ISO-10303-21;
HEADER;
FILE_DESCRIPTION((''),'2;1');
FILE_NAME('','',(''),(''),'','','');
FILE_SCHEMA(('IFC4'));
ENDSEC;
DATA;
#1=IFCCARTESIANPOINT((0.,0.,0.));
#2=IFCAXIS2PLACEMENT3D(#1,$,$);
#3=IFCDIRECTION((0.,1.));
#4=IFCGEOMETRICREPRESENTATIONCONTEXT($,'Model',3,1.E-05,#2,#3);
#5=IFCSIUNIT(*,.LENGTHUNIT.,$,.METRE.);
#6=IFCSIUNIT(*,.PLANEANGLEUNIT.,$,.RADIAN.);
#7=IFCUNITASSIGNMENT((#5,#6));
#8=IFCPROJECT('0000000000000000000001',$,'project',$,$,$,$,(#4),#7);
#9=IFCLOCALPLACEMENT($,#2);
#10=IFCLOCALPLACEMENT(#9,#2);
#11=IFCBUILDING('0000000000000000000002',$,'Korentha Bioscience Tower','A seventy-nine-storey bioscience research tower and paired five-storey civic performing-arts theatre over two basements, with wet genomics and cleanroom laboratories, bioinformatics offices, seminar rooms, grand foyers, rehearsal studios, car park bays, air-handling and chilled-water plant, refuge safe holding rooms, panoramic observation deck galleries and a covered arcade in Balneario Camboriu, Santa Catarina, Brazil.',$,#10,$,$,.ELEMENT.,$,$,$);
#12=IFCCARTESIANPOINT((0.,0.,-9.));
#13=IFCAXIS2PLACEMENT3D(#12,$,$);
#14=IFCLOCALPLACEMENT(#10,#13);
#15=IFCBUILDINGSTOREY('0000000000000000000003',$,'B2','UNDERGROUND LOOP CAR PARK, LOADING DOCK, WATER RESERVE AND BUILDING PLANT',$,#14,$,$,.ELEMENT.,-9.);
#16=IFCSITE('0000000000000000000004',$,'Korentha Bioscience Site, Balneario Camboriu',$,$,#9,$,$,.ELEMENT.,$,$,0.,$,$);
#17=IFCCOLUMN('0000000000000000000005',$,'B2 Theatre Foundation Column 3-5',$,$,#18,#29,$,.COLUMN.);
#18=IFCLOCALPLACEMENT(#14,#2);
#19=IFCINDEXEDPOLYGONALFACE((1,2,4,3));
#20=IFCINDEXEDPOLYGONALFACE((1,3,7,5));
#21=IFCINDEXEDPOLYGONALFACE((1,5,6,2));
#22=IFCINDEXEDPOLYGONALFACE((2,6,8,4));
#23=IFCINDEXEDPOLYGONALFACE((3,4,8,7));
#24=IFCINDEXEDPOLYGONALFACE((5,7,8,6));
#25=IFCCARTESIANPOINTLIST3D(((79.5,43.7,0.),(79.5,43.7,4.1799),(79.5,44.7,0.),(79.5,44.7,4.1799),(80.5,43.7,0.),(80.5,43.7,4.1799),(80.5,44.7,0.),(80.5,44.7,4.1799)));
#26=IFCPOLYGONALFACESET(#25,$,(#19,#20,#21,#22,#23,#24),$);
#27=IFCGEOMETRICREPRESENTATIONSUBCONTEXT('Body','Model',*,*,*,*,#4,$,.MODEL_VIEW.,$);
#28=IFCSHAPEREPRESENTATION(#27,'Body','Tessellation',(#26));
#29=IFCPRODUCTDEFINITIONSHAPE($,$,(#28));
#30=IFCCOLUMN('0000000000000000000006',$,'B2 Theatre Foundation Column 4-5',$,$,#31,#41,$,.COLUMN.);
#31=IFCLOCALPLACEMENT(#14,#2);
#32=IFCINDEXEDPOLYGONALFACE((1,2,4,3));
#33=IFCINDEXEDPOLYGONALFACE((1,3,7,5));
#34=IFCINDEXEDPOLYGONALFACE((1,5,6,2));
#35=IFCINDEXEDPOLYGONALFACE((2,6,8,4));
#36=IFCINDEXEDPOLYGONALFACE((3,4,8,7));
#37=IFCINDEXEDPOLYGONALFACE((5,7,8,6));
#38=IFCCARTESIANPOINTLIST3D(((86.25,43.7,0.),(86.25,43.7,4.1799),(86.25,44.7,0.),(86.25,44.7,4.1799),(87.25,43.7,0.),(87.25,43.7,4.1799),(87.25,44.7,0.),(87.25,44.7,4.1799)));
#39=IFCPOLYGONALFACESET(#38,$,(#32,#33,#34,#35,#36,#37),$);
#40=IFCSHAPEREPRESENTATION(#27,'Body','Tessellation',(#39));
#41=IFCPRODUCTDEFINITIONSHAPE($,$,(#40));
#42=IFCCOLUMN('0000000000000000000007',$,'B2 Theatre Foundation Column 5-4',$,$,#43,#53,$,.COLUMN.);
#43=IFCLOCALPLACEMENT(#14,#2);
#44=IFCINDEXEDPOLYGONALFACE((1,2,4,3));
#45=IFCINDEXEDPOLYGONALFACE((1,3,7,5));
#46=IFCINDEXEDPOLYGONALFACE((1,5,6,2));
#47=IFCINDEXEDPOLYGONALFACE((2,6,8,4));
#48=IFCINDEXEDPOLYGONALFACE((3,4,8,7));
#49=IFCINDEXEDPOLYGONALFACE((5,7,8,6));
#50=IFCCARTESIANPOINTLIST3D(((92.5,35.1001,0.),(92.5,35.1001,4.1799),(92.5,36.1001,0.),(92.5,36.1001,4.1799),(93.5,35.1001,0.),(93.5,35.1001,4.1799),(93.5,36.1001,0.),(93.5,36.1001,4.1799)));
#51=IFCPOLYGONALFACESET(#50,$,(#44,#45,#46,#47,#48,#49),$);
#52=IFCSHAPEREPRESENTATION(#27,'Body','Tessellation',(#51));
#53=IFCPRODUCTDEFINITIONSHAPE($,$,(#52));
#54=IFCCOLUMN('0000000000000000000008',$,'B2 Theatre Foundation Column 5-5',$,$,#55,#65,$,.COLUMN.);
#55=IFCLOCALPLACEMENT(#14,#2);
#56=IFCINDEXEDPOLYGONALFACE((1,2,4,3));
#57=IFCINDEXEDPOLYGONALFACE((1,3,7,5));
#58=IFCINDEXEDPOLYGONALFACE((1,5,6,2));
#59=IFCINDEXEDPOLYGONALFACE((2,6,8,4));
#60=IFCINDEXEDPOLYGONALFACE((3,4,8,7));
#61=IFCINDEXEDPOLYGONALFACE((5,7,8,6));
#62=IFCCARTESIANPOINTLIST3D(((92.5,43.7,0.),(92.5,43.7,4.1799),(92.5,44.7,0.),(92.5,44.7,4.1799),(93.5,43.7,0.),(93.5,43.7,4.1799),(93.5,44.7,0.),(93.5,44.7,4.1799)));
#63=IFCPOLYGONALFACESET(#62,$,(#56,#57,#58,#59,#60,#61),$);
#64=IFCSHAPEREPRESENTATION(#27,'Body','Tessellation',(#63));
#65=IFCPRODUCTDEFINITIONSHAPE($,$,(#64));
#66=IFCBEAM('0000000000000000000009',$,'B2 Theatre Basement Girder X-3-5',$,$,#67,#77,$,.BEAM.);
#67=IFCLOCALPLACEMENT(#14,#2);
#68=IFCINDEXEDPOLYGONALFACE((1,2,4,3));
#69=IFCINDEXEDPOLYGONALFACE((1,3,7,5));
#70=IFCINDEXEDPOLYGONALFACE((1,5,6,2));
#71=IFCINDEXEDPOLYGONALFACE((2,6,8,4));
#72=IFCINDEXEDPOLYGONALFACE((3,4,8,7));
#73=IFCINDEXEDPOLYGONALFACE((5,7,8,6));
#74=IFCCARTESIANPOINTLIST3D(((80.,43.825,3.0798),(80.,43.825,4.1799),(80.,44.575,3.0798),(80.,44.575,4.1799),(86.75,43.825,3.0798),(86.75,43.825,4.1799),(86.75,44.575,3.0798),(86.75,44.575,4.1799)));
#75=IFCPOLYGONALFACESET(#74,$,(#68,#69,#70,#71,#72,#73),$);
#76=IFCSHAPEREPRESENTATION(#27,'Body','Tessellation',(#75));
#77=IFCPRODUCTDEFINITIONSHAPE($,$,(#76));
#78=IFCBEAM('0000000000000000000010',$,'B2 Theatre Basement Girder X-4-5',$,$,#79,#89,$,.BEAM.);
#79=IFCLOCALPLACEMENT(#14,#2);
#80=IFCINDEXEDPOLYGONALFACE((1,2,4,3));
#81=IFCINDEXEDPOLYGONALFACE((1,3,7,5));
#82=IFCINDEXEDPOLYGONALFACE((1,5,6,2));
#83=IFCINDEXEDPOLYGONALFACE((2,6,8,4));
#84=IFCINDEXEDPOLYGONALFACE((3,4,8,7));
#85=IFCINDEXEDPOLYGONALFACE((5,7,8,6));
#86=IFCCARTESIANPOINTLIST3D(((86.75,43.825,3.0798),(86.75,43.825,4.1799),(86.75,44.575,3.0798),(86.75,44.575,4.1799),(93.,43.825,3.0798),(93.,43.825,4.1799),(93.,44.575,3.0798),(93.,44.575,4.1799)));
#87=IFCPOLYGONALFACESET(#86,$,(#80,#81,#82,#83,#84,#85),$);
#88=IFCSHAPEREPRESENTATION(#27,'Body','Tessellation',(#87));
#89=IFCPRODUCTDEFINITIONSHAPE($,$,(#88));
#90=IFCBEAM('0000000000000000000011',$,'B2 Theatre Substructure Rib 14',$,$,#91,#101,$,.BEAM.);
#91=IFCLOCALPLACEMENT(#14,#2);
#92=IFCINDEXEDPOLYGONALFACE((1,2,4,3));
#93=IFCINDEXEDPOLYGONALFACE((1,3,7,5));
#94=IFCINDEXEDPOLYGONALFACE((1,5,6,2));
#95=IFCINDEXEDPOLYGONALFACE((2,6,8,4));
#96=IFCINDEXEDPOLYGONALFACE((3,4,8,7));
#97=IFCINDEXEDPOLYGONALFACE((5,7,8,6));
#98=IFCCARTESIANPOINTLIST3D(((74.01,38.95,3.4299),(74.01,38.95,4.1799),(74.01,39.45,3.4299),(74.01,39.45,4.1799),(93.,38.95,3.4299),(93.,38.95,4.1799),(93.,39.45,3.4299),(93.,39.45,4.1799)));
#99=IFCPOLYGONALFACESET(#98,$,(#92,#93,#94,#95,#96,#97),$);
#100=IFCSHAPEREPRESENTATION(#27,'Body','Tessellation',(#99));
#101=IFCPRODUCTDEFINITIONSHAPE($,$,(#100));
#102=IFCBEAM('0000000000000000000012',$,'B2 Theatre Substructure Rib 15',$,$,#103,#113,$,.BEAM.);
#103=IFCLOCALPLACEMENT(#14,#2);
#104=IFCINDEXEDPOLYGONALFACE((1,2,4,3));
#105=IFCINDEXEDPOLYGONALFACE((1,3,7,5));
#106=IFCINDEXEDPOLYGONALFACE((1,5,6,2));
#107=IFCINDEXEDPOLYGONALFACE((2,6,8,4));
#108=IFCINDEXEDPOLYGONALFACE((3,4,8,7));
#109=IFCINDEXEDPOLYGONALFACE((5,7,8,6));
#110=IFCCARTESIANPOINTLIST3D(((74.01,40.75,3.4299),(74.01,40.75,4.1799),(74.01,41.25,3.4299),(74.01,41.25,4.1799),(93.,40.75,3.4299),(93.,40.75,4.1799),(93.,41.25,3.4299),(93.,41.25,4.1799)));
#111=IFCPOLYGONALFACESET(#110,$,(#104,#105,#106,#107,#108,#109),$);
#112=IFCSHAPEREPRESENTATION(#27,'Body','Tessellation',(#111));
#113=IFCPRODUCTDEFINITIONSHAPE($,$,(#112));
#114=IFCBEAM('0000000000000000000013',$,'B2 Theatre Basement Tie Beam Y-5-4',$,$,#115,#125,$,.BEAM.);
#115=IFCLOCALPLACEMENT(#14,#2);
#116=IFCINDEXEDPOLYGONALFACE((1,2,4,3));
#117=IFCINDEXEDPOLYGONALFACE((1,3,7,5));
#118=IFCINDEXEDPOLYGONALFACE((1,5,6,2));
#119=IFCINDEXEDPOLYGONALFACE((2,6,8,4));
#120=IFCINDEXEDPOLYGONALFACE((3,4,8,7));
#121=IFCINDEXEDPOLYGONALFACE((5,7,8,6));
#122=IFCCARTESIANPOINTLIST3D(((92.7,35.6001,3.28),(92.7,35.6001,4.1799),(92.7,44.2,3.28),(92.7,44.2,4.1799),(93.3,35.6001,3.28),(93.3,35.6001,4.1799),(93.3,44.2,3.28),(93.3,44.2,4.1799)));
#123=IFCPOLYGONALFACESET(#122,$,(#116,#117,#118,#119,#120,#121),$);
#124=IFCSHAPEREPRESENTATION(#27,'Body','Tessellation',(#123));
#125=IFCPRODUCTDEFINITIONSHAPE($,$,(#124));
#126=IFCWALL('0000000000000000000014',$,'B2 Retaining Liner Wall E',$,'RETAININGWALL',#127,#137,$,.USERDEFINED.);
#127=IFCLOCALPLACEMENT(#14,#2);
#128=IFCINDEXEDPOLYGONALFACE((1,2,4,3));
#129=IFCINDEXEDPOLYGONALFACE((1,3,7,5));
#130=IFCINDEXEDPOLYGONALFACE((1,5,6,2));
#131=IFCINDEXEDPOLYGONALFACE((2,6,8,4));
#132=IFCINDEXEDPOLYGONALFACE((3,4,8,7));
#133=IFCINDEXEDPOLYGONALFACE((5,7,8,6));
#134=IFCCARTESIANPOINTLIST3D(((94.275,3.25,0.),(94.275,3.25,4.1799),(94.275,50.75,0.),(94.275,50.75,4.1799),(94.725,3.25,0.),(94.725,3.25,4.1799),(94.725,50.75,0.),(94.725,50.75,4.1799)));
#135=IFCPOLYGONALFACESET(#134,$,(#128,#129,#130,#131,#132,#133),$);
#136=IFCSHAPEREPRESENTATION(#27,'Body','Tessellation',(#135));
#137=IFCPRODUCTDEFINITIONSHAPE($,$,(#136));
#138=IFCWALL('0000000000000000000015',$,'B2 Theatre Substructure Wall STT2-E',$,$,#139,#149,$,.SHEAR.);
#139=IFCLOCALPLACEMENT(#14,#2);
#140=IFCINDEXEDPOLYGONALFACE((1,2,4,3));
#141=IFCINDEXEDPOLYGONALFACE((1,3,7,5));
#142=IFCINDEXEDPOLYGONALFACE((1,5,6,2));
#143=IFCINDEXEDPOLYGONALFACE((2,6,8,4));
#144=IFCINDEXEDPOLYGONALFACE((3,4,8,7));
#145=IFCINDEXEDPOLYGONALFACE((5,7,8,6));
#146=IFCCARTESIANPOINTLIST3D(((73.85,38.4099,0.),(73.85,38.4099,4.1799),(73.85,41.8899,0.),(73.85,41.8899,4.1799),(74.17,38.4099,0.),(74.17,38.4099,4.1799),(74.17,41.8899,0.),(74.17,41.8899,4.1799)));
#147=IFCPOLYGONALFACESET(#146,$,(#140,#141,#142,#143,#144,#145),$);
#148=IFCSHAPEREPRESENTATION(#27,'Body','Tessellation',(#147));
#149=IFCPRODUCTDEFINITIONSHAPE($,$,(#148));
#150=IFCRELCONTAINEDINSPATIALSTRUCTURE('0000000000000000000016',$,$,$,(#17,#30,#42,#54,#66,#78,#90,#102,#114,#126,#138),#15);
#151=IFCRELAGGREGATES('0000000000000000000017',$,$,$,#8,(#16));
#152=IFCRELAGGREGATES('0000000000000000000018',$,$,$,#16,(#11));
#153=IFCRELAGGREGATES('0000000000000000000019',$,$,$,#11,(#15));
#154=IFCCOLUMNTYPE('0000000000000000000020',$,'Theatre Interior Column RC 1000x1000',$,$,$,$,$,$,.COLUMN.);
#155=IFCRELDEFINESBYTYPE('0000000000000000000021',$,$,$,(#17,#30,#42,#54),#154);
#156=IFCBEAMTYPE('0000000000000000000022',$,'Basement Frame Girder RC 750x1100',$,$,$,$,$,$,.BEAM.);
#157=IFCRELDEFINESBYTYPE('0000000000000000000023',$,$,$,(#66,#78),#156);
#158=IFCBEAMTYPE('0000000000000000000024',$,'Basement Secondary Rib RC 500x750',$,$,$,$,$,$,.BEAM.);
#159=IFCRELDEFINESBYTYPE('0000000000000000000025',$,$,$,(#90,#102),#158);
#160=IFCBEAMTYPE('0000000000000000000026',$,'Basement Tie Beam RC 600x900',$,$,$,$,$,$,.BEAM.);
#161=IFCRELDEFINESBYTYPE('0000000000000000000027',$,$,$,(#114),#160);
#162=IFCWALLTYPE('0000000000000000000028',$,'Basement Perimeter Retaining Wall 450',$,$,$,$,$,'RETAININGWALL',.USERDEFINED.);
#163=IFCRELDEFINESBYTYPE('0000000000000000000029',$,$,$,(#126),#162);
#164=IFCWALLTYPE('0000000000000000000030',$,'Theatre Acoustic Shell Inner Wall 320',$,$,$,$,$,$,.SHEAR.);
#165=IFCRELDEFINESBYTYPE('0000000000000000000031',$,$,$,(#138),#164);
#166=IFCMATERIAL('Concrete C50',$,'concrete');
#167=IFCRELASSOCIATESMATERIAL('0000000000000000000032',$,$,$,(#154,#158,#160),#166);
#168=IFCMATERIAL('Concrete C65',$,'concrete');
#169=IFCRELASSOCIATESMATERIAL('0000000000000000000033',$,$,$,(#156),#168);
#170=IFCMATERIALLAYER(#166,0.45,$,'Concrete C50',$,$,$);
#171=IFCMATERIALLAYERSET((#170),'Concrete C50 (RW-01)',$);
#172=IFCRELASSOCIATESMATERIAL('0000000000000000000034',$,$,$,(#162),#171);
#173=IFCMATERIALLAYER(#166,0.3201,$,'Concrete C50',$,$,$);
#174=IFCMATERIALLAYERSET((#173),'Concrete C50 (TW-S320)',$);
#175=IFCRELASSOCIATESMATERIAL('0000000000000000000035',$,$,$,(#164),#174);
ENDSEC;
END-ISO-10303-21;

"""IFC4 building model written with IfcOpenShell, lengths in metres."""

from ifc_helpers import new_model, si_unit, direction, frame, frame_2d, origin, origin_2d, place, context, subcontext, project, spatial, rectangle, extrude, material, layer, layer_set, material_profile, profile_set, type_object, element, save


model = new_model("IFC4")

# Units and contexts
model_context = context("Model", 3, precision=1e-05, world=origin(), true_north=direction((0.0, 1.0)))
body_context = subcontext(model_context, "Body", "Model", "MODEL_VIEW")
ifc_project = project(units=[si_unit("LENGTHUNIT", "METRE"), si_unit("PLANEANGLEUNIT", "RADIAN")], contexts=[model_context])

# Site, building, storey
site_placement = place(None, origin())
site = spatial("IfcSite", under=ifc_project, at=site_placement, Name="Korentha Bioscience Site, Balneario Camboriu", CompositionType="ELEMENT", RefElevation=0.0)
building_placement = place(site_placement, origin())
building = spatial("IfcBuilding", under=site, at=building_placement, Name="Korentha Bioscience Tower", Description="A seventy-nine-storey bioscience research tower and paired five-storey civic performing-arts theatre over two basements, with wet genomics and cleanroom laboratories, bioinformatics offices, seminar rooms, grand foyers, rehearsal studios, car park bays, air-handling and chilled-water plant, refuge safe holding rooms, panoramic observation deck galleries and a covered arcade in Balneario Camboriu, Santa Catarina, Brazil.", CompositionType="ELEMENT")
storey_placement = place(building_placement, frame((0.0, 0.0, -9.0)))
storey = spatial("IfcBuildingStorey", under=building, at=storey_placement, Name="B2", Description="UNDERGROUND LOOP CAR PARK, LOADING DOCK, WATER RESERVE AND BUILDING PLANT", CompositionType="ELEMENT", Elevation=-9.0)

# Shared definitions
ifc_material_1 = material(Name="Concrete C50", Category="concrete")

# Columns
ifc_material_2 = material(Name="Concrete C65", Category="concrete")
ifc_material_profile_1 = material_profile(ifc_material_1, rectangle(XDim=1.0, YDim=1.0, at=origin_2d()), Name="Concrete C50")
ifc_profile_set_1 = profile_set([ifc_material_profile_1], Name="Concrete C50 (TC-I01)")
column_type_1 = type_object("IfcColumnType", Name="Theatre Interior Column RC 1000x1000", PredefinedType="COLUMN", material=ifc_profile_set_1)
for number, where, z_axis, x_axis, name in (
    (1, (80.0, 44.2, 0.0), (0.0, 0.0, 1.0), (1.0, 0.0, 0.0), "B2 Theatre Foundation Column 3-5"),
    (2, (86.75, 44.2, 0.0), (0.0, 0.0, 1.0), (1.0, 0.0, 0.0), "B2 Theatre Foundation Column 4-5"),
    (3, (93.0, 35.6001, 0.0), (0.0, 0.0, 1.0), (1.0, 0.0, 0.0), "B2 Theatre Foundation Column 5-4"),
    (4, (93.0, 44.2, 0.0), (0.0, 0.0, 1.0), (1.0, 0.0, 0.0), "B2 Theatre Foundation Column 5-5"),
):
    element("IfcColumn", number, at=place(storey_placement, frame(where, z_axis=z_axis, x_axis=x_axis)), inside=storey, type_object=column_type_1, Name=name, PredefinedType="COLUMN", context=body_context, shape_type="SweptSolid", body=[
        extrude(rectangle(XDim=1.0, YDim=1.0, at=origin_2d()), origin(), (0.0, 0.0, 1.0), 4.1799),
    ])

# Beams
ifc_material_profile_2 = material_profile(ifc_material_2, rectangle(XDim=0.75, YDim=1.1001, at=origin_2d()), Name="Concrete C65")
ifc_profile_set_2 = profile_set([ifc_material_profile_2], Name="Concrete C65 (BB-750)")
beam_type_1 = type_object("IfcBeamType", Name="Basement Frame Girder RC 750x1100", PredefinedType="BEAM", material=ifc_profile_set_2)
beam_1_placement = place(storey_placement, frame((80.0, 44.2, 3.6299), z_axis=(1.0, 0.0, 0.0), x_axis=(0.0, 1.0, 0.0)))
element("IfcBeam", 5, at=beam_1_placement, inside=storey, type_object=beam_type_1, Name="B2 Theatre Basement Girder X-3-5", PredefinedType="BEAM", context=body_context, shape_type="SweptSolid", body=[
    extrude(rectangle(XDim=0.75, YDim=1.1001, at=origin_2d()), origin(), (0.0, 0.0, 1.0), 6.75),
])
beam_2_placement = place(storey_placement, frame((86.75, 44.2, 3.6299), z_axis=(1.0, 0.0, 0.0), x_axis=(0.0, 1.0, 0.0)))
element("IfcBeam", 6, at=beam_2_placement, inside=storey, type_object=beam_type_1, Name="B2 Theatre Basement Girder X-4-5", PredefinedType="BEAM", context=body_context, shape_type="SweptSolid", body=[
    extrude(rectangle(XDim=0.75, YDim=1.1001, at=origin_2d()), origin(), (0.0, 0.0, 1.0), 6.25),
])
ifc_material_profile_3 = material_profile(ifc_material_1, rectangle(XDim=0.5, YDim=0.75, at=origin_2d()), Name="Concrete C50")
ifc_profile_set_3 = profile_set([ifc_material_profile_3], Name="Concrete C50 (BB-500)")
beam_type_2 = type_object("IfcBeamType", Name="Basement Secondary Rib RC 500x750", PredefinedType="BEAM", material=ifc_profile_set_3)
for number, where, z_axis, x_axis, name in (
    (7, (74.01, 39.2, 3.8049), (1.0, 0.0, 0.0), (0.0, 1.0, 0.0), "B2 Theatre Substructure Rib 14"),
    (8, (74.01, 41.0, 3.8049), (1.0, 0.0, 0.0), (0.0, 1.0, 0.0), "B2 Theatre Substructure Rib 15"),
):
    element("IfcBeam", number, at=place(storey_placement, frame(where, z_axis=z_axis, x_axis=x_axis)), inside=storey, type_object=beam_type_2, Name=name, PredefinedType="BEAM", context=body_context, shape_type="SweptSolid", body=[
        extrude(rectangle(XDim=0.5, YDim=0.75, at=origin_2d()), origin(), (0.0, 0.0, 1.0), 18.99),
    ])
ifc_material_profile_4 = material_profile(ifc_material_1, rectangle(XDim=0.6001, YDim=0.8999, at=origin_2d()), Name="Concrete C50")
ifc_profile_set_4 = profile_set([ifc_material_profile_4], Name="Concrete C50 (BB-600)")
beam_type_3 = type_object("IfcBeamType", Name="Basement Tie Beam RC 600x900", PredefinedType="BEAM", material=ifc_profile_set_4)
beam_3_placement = place(storey_placement, frame((93.0, 35.6001, 3.73), z_axis=(0.0, 1.0, 0.0), x_axis=(-1.0, 0.0, 0.0)))
element("IfcBeam", 9, at=beam_3_placement, inside=storey, type_object=beam_type_3, Name="B2 Theatre Basement Tie Beam Y-5-4", PredefinedType="BEAM", context=body_context, shape_type="SweptSolid", body=[
    extrude(rectangle(XDim=0.6001, YDim=0.8999, at=origin_2d()), origin(), (0.0, 0.0, 1.0), 8.5999),
])

# Walls
ifc_layer_1 = layer(ifc_material_1, 0.45, Name="Concrete C50")
ifc_layer_set_1 = layer_set([ifc_layer_1], Name="Concrete C50 (RW-01)")
wall_type_1 = type_object("IfcWallType", Name="Basement Perimeter Retaining Wall 450", ElementType="RETAININGWALL", PredefinedType="USERDEFINED", material=ifc_layer_set_1)
wall_1_placement = place(storey_placement, frame((94.5, 50.75, 0.0), z_axis=(0.0, 0.0, 1.0), x_axis=(0.0, -1.0, 0.0)))
element("IfcWall", 10, at=wall_1_placement, inside=storey, type_object=wall_type_1, Name="B2 Retaining Liner Wall E", ObjectType="RETAININGWALL", PredefinedType="USERDEFINED", context=body_context, shape_type="SweptSolid", body=[
    extrude(rectangle(XDim=47.5, YDim=0.45, at=frame_2d((23.75, 0.0))), origin(), (0.0, 0.0, 1.0), 4.1799),
])
ifc_layer_2 = layer(ifc_material_1, 0.3201, Name="Concrete C50")
ifc_layer_set_2 = layer_set([ifc_layer_2], Name="Concrete C50 (TW-S320)")
wall_type_2 = type_object("IfcWallType", Name="Theatre Acoustic Shell Inner Wall 320", PredefinedType="SHEAR", material=ifc_layer_set_2)
wall_2_placement = place(storey_placement, frame((74.01, 38.4099, 0.0), z_axis=(0.0, 0.0, 1.0), x_axis=(0.0, 1.0, 0.0)))
element("IfcWall", 11, at=wall_2_placement, inside=storey, type_object=wall_type_2, Name="B2 Theatre Substructure Wall STT2-E", PredefinedType="SHEAR", context=body_context, shape_type="SweptSolid", body=[
    extrude(rectangle(XDim=3.48, YDim=0.3201, at=frame_2d((1.74, 0.0))), origin(), (0.0, 0.0, 1.0), 4.1799),
])

save(model, "model.ifc")
